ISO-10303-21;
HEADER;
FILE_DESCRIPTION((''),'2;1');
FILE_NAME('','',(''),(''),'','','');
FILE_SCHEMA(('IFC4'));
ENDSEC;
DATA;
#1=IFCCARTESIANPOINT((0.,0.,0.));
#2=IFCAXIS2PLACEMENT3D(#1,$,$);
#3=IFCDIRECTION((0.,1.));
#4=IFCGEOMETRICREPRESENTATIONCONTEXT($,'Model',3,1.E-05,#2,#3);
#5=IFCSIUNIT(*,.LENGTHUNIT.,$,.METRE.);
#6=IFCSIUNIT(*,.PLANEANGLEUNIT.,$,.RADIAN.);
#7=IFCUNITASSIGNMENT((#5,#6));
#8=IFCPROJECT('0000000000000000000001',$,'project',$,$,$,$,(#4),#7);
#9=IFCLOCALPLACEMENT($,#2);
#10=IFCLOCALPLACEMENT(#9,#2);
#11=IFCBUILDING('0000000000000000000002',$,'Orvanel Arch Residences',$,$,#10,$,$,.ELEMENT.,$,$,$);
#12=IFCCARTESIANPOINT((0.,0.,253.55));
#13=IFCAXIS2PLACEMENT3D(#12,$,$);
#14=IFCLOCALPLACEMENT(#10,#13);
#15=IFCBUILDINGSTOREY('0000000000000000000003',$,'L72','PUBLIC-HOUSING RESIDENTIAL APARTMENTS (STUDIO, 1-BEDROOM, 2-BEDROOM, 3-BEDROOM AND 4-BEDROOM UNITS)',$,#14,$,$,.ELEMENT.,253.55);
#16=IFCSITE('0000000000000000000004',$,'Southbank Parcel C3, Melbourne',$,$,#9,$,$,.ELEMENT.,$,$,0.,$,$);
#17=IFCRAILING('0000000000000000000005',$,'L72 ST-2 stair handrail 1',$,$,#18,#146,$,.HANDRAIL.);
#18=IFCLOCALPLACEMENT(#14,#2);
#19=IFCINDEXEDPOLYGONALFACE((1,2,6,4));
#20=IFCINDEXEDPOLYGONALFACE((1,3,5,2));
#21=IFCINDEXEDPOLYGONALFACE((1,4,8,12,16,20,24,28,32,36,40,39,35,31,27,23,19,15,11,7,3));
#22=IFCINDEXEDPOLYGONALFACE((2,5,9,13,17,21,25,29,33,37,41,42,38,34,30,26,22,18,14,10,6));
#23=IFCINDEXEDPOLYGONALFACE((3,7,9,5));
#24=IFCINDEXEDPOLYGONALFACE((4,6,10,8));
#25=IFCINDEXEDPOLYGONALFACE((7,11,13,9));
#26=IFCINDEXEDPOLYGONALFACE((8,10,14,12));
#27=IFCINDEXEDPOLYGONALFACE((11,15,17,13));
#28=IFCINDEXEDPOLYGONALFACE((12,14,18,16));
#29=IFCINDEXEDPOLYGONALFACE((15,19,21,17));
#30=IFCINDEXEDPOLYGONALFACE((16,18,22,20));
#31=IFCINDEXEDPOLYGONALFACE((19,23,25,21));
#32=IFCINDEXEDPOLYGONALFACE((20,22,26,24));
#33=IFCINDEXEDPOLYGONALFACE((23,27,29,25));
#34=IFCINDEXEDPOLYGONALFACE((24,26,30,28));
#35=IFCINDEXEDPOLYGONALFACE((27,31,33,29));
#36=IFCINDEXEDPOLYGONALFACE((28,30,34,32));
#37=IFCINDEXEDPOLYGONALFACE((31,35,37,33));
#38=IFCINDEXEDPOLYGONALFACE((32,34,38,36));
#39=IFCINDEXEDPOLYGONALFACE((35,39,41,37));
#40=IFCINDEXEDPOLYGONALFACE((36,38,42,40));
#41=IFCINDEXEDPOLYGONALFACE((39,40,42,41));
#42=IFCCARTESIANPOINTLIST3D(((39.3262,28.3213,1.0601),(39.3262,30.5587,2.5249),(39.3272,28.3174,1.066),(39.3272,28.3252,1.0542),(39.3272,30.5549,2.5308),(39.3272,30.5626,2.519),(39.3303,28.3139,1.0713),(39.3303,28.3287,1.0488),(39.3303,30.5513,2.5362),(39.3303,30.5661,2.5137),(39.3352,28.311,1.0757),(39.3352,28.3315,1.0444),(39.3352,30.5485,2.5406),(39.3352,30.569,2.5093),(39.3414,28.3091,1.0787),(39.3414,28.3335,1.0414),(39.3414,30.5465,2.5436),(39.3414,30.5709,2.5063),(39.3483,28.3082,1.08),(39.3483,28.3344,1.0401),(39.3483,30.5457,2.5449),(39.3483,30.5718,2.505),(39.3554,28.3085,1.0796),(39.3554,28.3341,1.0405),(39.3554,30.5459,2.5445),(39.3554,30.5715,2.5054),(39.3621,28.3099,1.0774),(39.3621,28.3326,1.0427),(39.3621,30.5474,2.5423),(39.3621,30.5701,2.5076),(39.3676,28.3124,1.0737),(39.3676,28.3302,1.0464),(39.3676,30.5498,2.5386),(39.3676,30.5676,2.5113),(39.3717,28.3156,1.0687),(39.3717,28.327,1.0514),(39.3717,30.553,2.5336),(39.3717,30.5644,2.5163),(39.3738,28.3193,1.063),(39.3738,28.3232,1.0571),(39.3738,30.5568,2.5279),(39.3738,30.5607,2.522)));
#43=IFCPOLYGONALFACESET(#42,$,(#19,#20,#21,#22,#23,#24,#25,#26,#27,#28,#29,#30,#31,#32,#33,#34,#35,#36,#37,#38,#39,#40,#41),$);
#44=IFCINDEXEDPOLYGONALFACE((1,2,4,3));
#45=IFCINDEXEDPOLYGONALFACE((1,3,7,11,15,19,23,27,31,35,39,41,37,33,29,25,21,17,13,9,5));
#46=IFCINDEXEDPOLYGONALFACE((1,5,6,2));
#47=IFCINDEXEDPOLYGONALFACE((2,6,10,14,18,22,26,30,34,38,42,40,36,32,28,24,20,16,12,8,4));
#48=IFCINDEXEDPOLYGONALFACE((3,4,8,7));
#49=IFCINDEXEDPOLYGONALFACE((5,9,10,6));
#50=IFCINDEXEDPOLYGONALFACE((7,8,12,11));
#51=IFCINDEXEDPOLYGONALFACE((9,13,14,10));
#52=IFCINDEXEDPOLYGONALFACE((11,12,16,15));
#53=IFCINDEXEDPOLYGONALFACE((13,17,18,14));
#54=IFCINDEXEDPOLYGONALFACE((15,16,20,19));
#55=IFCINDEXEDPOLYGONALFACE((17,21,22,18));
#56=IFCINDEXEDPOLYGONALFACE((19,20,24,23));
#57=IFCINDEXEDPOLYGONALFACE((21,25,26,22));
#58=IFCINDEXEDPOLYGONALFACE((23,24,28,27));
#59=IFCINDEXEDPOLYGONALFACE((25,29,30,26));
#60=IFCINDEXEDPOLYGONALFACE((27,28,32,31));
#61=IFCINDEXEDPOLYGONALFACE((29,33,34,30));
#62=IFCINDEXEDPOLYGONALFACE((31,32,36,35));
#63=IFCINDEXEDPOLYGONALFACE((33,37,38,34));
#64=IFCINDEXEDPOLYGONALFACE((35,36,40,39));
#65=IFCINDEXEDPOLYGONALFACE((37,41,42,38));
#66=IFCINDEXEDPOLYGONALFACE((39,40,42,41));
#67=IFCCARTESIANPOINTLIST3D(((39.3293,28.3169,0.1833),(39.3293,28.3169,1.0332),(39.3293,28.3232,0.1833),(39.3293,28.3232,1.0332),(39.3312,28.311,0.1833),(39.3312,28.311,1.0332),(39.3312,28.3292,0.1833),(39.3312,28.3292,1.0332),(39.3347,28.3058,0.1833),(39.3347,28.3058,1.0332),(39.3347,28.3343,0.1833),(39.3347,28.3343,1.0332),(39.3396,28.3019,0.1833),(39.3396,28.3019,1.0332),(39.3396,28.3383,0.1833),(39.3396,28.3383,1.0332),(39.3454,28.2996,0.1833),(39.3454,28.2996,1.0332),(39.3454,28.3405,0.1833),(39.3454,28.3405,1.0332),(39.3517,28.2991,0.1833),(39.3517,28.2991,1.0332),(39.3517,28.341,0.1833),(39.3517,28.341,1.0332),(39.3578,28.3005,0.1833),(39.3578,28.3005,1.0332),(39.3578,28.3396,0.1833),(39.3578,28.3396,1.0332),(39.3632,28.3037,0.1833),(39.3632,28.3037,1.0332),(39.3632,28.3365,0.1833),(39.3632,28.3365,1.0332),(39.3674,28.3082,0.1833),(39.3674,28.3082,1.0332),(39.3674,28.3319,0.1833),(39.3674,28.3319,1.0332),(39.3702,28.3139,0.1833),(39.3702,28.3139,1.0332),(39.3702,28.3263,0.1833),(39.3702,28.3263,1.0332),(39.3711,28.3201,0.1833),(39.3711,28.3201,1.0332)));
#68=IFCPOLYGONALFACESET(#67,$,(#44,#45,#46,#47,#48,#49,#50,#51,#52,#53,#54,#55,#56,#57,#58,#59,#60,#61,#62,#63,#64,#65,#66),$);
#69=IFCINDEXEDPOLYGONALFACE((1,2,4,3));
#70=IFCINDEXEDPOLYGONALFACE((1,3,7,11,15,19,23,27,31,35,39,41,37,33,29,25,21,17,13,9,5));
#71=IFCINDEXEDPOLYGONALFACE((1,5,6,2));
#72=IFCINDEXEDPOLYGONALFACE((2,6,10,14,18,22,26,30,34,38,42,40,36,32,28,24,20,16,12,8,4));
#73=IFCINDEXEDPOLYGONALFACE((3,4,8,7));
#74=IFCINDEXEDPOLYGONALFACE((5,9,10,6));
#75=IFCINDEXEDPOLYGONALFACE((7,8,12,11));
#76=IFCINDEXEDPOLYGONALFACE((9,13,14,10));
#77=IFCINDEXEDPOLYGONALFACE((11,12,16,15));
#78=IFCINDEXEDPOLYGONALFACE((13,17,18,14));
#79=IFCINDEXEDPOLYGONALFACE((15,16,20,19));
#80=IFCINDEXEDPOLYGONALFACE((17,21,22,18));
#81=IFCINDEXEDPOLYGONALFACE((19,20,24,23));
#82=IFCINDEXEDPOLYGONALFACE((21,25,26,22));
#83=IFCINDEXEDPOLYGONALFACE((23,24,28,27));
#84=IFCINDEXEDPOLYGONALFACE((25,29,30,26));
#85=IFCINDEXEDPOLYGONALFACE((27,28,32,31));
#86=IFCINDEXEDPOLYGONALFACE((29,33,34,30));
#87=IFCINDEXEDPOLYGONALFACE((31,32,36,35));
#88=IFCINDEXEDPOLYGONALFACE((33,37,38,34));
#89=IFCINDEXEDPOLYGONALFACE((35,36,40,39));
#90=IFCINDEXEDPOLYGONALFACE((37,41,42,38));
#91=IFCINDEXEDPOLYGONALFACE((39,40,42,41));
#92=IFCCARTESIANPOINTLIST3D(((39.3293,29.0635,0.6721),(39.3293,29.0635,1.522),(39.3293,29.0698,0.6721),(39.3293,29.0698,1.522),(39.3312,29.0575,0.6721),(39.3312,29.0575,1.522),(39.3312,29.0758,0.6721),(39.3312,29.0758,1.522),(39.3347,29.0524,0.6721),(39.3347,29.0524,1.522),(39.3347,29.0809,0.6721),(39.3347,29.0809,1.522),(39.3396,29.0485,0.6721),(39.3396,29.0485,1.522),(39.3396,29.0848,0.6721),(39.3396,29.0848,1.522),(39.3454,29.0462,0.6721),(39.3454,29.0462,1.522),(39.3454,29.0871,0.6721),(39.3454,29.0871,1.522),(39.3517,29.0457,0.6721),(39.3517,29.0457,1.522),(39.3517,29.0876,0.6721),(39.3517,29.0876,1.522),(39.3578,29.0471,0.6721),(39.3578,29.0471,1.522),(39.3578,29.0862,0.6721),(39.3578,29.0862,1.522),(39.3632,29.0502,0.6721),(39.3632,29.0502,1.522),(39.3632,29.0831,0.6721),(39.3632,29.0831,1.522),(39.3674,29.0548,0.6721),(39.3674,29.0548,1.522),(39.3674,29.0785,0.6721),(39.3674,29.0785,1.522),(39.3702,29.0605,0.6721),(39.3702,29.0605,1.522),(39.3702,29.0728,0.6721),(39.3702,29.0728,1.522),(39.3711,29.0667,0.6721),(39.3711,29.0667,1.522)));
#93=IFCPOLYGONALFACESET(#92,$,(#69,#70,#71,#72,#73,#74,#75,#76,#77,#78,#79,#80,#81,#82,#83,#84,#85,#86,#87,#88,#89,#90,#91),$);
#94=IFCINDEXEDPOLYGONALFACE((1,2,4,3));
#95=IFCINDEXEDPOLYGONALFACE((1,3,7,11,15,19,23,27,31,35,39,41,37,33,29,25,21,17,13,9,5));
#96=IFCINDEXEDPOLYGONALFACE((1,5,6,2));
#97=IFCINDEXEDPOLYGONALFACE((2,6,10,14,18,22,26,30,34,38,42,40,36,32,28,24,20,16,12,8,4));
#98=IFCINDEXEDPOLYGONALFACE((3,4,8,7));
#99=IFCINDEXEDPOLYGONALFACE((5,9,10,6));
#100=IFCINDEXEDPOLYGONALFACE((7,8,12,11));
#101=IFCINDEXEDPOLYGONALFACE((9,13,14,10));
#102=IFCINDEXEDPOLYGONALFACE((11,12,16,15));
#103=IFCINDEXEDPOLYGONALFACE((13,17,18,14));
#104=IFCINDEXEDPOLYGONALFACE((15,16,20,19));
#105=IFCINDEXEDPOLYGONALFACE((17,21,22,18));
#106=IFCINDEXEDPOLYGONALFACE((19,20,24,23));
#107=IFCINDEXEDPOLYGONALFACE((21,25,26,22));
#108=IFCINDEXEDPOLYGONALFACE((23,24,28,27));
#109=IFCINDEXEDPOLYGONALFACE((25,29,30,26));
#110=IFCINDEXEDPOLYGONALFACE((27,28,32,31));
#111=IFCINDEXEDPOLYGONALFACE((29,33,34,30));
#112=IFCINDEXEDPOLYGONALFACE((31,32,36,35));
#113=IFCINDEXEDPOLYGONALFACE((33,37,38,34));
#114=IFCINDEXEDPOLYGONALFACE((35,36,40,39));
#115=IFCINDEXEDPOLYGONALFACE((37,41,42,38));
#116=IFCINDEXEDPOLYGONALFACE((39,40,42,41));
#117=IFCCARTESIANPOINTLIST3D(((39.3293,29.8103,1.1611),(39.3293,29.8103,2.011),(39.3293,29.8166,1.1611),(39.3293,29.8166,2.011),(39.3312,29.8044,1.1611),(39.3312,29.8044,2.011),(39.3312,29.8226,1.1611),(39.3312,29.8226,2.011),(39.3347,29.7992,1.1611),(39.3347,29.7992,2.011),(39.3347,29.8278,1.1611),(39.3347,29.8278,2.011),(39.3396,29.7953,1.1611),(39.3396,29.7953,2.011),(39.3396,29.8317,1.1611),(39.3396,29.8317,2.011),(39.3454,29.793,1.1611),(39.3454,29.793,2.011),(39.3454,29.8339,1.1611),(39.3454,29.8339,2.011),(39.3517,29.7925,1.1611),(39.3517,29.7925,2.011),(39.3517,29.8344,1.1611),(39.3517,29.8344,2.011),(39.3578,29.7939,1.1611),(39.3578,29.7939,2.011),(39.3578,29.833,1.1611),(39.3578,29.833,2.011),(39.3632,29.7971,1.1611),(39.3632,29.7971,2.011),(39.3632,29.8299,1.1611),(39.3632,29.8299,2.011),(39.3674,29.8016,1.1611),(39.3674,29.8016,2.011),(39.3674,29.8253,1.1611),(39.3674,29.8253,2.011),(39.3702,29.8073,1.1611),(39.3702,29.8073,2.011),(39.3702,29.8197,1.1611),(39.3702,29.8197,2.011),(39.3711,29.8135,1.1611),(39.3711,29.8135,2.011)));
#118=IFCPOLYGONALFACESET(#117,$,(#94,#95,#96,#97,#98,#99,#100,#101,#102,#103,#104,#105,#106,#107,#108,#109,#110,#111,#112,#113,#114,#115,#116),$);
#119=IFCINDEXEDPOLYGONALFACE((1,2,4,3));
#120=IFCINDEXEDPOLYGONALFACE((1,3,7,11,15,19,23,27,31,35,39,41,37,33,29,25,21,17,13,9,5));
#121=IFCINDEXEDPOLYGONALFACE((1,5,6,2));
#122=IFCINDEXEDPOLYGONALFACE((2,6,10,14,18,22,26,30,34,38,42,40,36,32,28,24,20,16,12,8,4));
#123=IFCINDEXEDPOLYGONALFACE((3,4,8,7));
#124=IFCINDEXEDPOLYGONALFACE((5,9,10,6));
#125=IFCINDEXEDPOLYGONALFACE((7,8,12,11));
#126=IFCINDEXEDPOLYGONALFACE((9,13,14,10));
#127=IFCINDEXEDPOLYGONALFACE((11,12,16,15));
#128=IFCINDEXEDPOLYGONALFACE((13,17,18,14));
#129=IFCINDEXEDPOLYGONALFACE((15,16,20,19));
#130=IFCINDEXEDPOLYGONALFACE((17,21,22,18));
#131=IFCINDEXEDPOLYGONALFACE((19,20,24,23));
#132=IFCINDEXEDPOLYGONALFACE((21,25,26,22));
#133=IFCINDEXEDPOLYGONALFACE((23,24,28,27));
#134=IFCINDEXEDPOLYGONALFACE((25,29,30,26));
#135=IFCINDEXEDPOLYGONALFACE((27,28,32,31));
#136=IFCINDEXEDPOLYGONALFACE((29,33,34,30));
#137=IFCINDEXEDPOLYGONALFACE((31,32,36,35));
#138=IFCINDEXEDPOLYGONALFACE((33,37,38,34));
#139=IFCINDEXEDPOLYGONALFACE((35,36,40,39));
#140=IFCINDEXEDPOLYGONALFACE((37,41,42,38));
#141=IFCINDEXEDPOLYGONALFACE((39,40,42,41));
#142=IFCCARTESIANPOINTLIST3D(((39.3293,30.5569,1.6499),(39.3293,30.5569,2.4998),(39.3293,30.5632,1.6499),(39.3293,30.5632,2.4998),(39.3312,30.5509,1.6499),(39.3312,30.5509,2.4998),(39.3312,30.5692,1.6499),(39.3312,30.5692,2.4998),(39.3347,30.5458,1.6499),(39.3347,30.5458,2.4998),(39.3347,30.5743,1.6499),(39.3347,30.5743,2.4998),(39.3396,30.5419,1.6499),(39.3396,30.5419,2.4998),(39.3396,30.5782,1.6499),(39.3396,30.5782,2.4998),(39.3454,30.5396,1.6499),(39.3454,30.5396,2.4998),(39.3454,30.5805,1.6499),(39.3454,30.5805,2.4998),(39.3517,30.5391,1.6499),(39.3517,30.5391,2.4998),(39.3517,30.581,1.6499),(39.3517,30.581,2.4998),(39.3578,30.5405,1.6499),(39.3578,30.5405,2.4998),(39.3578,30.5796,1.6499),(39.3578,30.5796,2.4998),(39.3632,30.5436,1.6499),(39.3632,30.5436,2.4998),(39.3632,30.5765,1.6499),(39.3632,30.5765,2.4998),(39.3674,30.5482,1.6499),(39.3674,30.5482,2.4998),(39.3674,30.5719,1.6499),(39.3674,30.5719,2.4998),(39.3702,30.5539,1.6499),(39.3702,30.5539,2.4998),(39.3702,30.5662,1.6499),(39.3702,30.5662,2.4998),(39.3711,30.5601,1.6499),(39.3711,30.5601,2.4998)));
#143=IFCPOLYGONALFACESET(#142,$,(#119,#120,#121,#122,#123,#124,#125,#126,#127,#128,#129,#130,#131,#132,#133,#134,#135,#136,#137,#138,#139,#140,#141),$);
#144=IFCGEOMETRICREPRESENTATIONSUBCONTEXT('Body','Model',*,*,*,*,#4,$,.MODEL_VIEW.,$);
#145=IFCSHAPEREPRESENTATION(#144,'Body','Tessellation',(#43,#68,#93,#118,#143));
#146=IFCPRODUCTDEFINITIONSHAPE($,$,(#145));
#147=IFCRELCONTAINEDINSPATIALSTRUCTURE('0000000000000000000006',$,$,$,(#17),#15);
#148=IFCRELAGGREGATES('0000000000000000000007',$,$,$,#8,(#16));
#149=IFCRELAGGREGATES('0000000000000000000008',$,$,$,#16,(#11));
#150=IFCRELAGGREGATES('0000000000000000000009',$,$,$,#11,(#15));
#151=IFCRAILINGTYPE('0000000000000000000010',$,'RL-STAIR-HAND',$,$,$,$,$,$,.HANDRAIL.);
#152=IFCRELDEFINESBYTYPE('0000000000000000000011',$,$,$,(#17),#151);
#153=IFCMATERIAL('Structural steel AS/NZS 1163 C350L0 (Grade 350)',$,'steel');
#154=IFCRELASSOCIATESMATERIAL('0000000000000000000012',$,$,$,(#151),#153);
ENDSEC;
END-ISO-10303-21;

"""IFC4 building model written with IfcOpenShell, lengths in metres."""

from ifc_helpers import new_model, si_unit, direction, frame, origin, origin_2d, place, context, subcontext, project, spatial, circle, extrude, material, type_object, element, save


model = new_model("IFC4")

# Units and contexts
model_context = context("Model", 3, precision=1e-05, world=origin(), true_north=direction((0.0, 1.0)))
body_context = subcontext(model_context, "Body", "Model", "MODEL_VIEW")
ifc_project = project(units=[si_unit("LENGTHUNIT", "METRE"), si_unit("PLANEANGLEUNIT", "RADIAN")], contexts=[model_context])

# Site, building, storey
site_placement = place(None, origin())
site = spatial("IfcSite", under=ifc_project, at=site_placement, Name="Southbank Parcel C3, Melbourne", CompositionType="ELEMENT", RefElevation=0.0)
building_placement = place(site_placement, origin())
building = spatial("IfcBuilding", under=site, at=building_placement, Name="Orvanel Arch Residences", CompositionType="ELEMENT")
storey_placement = place(building_placement, frame((0.0, 0.0, 253.55)))
storey = spatial("IfcBuildingStorey", under=building, at=storey_placement, Name="L72", Description="PUBLIC-HOUSING RESIDENTIAL APARTMENTS (STUDIO, 1-BEDROOM, 2-BEDROOM, 3-BEDROOM AND 4-BEDROOM UNITS)", CompositionType="ELEMENT", Elevation=253.55)

# Railing
ifc_material_1 = material(Name="Structural steel AS/NZS 1163 C350L0 (Grade 350)", Category="steel")
railing_type_1 = type_object("IfcRailingType", Name="RL-STAIR-HAND", PredefinedType="HANDRAIL", material=ifc_material_1)
railing_1_placement = place(storey_placement, frame((39.3501, 28.3201, 0.1833)))
element("IfcRailing", 1, at=railing_1_placement, inside=storey, type_object=railing_type_1, Name="L72 ST-2 stair handrail 1", PredefinedType="HANDRAIL", context=body_context, shape_type="SweptSolid", body=[
    extrude(circle(Radius=0.0239, at=origin_2d()), frame((0.0, 0.0012, 0.8767), z_axis=(0.0, 0.836637, 0.547758), x_axis=(-1.0, 0.0, 0.0)), (0.0, 0.0, 1.0), 2.6743),
    extrude(circle(Radius=0.021, at=origin_2d()), origin(), (0.0, 0.0, 1.0), 0.8499),
    extrude(circle(Radius=0.021, at=origin_2d()), frame((0.0, 0.7466, 0.4888)), (0.0, 0.0, 1.0), 0.8499),
    extrude(circle(Radius=0.021, at=origin_2d()), frame((0.0, 1.4934, 0.9778)), (0.0, 0.0, 1.0), 0.8499),
    extrude(circle(Radius=0.021, at=origin_2d()), frame((0.0, 2.24, 1.4666)), (0.0, 0.0, 1.0), 0.8499),
])

save(model, "model.ifc")
